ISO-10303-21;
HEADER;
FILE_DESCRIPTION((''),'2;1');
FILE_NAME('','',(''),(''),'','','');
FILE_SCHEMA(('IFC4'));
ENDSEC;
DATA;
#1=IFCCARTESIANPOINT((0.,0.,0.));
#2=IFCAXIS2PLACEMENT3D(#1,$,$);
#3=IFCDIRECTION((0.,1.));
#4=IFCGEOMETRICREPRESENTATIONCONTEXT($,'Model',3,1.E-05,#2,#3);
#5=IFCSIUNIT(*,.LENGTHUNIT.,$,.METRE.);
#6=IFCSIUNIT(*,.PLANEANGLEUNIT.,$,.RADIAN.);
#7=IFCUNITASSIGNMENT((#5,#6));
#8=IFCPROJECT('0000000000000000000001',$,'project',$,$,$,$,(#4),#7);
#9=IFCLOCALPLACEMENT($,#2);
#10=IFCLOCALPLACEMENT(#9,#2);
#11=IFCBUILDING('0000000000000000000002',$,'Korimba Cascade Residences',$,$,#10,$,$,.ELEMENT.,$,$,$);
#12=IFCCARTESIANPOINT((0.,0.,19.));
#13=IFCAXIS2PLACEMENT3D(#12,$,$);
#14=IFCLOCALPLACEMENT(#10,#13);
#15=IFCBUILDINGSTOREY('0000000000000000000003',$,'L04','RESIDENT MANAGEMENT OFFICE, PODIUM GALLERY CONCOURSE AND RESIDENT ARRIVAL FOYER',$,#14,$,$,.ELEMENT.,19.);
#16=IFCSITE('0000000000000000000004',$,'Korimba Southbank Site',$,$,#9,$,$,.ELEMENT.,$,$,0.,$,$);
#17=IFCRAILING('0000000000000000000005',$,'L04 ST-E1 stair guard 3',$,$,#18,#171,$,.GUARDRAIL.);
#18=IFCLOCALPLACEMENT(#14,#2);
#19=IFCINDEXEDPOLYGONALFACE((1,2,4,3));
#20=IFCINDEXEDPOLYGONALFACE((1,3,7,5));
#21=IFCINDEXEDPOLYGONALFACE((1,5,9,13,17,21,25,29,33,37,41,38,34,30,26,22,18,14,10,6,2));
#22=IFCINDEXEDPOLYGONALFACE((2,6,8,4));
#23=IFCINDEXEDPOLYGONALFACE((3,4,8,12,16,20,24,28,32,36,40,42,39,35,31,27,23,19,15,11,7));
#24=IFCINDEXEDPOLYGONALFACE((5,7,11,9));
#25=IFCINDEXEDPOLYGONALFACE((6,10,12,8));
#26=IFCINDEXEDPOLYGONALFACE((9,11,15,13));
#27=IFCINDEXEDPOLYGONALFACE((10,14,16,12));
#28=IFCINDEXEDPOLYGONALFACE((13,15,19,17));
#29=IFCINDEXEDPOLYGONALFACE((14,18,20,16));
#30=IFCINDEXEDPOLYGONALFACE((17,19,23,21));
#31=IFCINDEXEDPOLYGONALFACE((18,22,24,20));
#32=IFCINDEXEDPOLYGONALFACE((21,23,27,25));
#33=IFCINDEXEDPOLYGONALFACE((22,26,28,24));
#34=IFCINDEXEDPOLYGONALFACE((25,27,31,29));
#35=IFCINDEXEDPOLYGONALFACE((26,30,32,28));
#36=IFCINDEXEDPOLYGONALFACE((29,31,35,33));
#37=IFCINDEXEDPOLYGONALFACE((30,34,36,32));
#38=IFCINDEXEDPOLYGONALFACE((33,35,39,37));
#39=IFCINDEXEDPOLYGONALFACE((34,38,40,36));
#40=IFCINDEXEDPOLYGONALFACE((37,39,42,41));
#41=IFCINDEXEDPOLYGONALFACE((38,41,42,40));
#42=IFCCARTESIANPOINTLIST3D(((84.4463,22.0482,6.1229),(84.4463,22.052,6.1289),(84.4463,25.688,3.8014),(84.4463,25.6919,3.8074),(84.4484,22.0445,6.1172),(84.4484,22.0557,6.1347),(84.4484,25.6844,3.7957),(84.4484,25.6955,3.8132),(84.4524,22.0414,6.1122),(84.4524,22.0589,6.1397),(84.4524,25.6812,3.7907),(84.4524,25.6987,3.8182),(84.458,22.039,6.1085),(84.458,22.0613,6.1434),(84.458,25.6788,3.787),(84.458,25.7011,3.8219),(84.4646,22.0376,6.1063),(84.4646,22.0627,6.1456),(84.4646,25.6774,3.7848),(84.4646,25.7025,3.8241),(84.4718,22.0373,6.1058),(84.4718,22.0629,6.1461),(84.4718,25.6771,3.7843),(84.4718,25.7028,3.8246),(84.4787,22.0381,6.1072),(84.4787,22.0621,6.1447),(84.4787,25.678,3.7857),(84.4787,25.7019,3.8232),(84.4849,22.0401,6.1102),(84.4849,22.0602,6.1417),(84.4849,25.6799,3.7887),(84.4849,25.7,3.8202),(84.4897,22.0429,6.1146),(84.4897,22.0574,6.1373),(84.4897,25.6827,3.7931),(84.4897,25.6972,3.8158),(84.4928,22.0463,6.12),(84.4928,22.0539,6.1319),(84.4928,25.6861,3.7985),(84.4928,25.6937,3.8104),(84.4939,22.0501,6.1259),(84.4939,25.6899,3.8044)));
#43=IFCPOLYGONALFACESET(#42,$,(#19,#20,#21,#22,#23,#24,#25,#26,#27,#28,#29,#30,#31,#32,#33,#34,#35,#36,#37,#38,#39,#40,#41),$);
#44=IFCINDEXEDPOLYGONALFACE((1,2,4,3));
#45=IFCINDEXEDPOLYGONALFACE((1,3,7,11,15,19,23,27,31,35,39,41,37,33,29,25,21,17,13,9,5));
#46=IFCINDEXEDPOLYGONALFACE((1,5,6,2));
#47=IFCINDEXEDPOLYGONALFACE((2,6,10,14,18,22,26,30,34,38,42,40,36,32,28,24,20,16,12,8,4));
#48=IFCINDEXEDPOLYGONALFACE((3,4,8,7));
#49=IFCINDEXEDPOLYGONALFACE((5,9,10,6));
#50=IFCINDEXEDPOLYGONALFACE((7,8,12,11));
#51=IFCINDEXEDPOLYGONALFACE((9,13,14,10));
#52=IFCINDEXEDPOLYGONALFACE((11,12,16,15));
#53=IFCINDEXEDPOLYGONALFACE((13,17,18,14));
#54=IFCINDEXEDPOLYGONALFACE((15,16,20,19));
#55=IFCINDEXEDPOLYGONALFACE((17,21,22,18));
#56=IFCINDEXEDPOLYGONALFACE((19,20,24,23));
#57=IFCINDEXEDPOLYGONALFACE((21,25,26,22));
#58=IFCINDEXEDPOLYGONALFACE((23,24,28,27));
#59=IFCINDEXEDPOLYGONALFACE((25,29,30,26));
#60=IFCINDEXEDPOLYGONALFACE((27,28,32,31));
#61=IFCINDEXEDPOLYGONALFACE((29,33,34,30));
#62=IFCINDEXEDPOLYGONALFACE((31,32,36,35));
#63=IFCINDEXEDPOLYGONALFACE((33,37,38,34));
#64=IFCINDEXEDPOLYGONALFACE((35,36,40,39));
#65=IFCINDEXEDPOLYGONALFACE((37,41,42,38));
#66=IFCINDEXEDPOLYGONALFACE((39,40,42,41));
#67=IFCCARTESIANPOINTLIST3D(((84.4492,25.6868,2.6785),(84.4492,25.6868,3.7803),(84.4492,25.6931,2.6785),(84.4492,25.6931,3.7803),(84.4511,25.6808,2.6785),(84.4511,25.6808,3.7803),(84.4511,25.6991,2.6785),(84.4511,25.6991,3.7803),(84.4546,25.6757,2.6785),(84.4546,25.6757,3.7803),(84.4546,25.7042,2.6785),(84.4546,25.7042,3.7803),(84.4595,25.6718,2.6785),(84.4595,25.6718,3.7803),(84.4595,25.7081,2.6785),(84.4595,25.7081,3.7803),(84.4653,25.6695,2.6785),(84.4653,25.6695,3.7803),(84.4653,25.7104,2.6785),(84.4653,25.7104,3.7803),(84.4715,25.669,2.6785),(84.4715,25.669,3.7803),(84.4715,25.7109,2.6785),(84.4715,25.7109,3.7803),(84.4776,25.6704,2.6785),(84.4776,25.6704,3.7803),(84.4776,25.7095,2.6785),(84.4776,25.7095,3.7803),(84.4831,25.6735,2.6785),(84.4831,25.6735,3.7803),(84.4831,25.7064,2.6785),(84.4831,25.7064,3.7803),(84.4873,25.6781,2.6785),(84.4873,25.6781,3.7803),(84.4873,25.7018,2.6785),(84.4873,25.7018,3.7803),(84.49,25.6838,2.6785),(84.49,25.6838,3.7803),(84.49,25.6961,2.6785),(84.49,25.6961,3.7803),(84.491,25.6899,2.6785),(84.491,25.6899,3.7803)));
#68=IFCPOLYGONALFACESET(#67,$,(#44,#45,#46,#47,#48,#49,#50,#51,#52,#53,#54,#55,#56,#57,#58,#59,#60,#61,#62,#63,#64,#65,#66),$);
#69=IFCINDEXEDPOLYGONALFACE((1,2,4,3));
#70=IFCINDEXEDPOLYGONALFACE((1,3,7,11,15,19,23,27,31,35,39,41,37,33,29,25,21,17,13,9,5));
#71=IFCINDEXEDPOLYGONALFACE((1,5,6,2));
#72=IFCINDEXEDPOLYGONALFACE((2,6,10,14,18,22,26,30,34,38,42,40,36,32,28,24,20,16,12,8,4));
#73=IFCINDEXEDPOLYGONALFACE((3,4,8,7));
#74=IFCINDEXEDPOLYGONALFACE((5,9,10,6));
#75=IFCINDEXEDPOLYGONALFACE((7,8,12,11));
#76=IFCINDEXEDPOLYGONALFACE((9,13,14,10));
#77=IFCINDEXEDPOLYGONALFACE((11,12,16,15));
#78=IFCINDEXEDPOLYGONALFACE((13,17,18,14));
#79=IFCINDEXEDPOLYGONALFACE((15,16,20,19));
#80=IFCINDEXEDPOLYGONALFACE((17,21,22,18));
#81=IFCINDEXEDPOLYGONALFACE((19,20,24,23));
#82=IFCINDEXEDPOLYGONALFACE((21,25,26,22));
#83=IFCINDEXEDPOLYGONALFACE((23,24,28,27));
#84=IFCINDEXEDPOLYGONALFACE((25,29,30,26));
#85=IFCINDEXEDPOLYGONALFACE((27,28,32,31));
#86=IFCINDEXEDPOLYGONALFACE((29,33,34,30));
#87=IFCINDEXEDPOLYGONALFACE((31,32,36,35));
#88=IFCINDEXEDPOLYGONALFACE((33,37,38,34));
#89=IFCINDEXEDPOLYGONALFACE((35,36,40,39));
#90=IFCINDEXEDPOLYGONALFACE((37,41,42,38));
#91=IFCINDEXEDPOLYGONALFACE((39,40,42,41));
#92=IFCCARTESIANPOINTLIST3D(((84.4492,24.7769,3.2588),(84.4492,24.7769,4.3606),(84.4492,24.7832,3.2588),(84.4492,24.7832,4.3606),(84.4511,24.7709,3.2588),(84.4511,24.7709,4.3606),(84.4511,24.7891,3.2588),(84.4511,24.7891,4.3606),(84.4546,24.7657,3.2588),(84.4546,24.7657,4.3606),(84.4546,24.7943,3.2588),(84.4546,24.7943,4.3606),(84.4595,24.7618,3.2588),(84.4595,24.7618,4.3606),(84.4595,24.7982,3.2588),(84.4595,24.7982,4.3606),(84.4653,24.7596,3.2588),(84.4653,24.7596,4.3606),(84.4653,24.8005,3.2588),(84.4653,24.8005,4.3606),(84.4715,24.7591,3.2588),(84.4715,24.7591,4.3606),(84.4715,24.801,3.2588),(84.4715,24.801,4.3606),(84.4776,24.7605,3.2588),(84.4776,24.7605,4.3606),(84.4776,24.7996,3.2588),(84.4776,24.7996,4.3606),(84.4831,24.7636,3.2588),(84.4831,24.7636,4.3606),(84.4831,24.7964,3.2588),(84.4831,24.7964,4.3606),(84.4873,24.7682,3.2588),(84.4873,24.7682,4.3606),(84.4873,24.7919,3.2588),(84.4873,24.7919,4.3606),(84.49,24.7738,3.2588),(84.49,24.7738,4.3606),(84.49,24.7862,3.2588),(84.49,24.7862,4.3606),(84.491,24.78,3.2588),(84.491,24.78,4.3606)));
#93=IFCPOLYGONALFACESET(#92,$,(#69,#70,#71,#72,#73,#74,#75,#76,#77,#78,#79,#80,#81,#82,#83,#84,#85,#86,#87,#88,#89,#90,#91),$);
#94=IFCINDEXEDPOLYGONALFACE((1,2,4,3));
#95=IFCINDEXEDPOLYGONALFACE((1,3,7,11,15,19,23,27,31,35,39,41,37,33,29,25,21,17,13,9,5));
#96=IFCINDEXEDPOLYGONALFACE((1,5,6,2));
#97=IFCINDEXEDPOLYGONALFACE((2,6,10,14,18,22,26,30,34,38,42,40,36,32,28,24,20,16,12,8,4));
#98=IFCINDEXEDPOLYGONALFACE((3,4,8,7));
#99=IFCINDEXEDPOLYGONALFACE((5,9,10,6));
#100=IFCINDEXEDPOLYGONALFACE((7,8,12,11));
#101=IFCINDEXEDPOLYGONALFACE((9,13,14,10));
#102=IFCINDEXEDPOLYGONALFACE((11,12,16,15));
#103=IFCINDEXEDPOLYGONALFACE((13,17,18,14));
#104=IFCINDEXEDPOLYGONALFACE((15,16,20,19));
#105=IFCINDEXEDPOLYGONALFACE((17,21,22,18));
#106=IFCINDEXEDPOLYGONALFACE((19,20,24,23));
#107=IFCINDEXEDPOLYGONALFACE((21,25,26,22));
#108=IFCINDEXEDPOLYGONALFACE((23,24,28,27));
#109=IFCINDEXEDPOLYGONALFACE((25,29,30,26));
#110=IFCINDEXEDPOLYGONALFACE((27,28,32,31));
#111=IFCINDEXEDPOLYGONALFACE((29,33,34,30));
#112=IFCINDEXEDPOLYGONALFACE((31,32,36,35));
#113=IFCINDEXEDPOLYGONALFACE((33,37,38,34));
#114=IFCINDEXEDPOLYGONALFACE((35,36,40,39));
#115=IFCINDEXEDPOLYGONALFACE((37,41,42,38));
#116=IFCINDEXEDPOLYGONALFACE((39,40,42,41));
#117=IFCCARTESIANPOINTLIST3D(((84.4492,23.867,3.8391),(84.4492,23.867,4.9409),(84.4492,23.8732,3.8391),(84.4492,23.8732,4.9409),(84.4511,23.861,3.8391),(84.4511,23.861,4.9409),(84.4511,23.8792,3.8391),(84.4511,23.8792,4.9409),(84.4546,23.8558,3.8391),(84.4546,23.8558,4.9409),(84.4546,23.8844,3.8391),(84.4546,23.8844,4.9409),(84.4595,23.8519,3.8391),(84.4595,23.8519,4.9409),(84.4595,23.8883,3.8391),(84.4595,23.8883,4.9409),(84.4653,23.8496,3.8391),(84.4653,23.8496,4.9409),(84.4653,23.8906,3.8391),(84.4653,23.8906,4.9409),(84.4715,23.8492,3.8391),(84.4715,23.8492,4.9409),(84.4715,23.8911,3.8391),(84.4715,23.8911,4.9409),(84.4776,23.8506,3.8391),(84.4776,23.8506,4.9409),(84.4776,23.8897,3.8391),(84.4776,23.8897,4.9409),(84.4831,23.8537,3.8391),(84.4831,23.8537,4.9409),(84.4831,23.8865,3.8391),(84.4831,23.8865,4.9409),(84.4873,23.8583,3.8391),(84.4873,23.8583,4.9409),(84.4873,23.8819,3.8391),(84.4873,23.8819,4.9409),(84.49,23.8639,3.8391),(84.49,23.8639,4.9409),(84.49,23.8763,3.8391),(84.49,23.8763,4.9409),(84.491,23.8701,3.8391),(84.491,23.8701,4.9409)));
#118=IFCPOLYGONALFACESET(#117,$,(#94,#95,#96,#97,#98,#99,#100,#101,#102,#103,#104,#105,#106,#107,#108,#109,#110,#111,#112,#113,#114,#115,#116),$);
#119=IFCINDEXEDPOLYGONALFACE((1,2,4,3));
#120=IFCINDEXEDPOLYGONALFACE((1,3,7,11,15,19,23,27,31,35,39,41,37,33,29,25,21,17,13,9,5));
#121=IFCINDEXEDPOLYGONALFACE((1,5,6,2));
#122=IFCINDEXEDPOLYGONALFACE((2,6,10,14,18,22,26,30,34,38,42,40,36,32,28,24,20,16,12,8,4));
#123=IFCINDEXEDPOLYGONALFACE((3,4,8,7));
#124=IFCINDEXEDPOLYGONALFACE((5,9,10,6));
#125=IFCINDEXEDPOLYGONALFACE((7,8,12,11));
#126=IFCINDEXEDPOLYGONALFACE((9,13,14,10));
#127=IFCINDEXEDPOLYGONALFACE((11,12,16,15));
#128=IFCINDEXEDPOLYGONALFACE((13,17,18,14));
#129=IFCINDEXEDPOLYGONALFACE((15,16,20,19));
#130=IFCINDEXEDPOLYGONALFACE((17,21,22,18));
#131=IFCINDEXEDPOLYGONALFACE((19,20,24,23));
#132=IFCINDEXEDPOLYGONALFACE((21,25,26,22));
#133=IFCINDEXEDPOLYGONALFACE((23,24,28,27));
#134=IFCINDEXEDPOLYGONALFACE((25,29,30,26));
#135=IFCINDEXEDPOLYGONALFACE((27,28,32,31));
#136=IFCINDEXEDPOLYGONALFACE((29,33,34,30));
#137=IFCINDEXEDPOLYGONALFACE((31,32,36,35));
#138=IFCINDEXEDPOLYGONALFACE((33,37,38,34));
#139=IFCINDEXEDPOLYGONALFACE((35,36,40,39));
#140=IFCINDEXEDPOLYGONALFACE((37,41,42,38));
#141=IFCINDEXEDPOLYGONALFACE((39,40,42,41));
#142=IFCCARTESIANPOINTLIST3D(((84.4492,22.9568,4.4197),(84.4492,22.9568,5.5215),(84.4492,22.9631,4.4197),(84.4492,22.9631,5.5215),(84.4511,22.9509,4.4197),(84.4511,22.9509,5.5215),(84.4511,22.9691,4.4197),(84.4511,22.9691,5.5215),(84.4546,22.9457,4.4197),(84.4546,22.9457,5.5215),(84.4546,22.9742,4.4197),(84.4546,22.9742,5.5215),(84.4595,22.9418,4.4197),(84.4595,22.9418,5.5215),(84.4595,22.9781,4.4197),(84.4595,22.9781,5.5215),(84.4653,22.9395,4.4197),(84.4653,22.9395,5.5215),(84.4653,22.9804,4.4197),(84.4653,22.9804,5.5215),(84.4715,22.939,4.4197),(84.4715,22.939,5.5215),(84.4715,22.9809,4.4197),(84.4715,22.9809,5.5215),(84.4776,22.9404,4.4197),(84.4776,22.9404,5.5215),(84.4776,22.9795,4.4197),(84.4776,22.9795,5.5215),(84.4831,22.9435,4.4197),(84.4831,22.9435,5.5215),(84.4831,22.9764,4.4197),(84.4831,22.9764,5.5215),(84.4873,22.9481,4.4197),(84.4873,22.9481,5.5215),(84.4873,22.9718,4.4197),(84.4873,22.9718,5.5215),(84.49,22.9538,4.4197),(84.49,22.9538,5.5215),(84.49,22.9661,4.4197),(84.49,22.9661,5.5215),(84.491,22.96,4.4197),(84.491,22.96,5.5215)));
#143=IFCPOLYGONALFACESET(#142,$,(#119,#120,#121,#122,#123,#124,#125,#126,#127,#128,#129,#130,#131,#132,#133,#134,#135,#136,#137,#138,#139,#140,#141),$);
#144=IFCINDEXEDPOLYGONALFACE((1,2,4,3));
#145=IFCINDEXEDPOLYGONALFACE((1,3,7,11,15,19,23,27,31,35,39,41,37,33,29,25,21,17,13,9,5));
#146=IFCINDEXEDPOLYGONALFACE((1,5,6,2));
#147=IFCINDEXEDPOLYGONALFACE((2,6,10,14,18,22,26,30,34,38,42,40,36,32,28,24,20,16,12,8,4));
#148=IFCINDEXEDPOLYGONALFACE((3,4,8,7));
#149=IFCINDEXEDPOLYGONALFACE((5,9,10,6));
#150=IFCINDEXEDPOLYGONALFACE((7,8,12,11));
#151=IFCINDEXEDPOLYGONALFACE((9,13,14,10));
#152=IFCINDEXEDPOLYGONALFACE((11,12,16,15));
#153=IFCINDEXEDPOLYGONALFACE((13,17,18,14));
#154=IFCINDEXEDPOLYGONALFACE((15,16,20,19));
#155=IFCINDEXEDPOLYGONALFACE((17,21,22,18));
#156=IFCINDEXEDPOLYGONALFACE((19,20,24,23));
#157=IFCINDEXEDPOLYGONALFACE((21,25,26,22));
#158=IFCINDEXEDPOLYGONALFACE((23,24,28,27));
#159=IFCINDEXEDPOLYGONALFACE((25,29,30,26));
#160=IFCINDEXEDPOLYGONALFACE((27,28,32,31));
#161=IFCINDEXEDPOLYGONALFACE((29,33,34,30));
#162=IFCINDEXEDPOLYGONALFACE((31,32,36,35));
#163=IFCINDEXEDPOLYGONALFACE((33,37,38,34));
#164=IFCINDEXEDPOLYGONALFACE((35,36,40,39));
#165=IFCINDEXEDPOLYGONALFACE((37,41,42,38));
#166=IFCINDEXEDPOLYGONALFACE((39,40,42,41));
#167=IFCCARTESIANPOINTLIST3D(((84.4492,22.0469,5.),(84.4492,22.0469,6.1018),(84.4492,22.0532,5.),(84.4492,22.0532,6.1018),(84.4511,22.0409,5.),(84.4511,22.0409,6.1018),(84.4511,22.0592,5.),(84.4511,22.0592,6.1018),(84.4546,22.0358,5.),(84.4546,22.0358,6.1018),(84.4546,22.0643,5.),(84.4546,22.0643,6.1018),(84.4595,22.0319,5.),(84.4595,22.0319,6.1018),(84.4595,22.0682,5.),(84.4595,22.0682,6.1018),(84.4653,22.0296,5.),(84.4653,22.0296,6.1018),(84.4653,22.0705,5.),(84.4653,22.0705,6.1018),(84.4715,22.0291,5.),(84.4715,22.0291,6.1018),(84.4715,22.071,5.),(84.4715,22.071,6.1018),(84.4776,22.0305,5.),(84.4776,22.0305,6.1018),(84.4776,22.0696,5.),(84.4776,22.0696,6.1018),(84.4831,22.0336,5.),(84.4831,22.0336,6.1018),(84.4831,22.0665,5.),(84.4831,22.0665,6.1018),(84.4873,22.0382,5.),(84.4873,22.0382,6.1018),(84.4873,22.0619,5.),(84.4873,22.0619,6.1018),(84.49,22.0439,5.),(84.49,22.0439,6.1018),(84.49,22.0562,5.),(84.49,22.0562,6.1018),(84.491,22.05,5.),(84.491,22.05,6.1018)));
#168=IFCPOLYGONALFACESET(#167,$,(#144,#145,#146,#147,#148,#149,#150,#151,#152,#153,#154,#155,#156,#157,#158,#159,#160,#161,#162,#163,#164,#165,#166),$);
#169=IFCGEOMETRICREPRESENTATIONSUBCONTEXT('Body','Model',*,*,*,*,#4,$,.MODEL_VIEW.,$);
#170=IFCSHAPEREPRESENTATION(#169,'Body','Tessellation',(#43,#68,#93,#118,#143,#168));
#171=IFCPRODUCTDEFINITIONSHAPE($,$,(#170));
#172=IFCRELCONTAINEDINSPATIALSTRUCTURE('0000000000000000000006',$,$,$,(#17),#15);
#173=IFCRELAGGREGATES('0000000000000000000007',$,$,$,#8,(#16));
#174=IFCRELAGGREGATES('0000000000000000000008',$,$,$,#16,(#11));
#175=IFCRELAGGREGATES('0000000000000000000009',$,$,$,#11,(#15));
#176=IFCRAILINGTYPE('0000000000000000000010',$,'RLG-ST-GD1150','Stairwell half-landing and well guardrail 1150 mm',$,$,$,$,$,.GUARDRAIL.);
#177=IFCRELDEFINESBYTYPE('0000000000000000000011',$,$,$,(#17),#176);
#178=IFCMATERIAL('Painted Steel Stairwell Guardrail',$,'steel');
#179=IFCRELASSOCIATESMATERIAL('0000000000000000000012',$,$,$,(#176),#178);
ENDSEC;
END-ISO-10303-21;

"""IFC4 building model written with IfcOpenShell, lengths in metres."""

from ifc_helpers import new_model, si_unit, direction, frame, origin, origin_2d, place, context, subcontext, project, spatial, circle, extrude, material, type_object, element, save


model = new_model("IFC4")

# Units and contexts
model_context = context("Model", 3, precision=1e-05, world=origin(), true_north=direction((0.0, 1.0)))
body_context = subcontext(model_context, "Body", "Model", "MODEL_VIEW")
ifc_project = project(units=[si_unit("LENGTHUNIT", "METRE"), si_unit("PLANEANGLEUNIT", "RADIAN")], contexts=[model_context])

# Site, building, storey
site_placement = place(None, origin())
site = spatial("IfcSite", under=ifc_project, at=site_placement, Name="Korimba Southbank Site", CompositionType="ELEMENT", RefElevation=0.0)
building_placement = place(site_placement, origin())
building = spatial("IfcBuilding", under=site, at=building_placement, Name="Korimba Cascade Residences", CompositionType="ELEMENT")
storey_placement = place(building_placement, frame((0.0, 0.0, 19.0)))
storey = spatial("IfcBuildingStorey", under=building, at=storey_placement, Name="L04", Description="RESIDENT MANAGEMENT OFFICE, PODIUM GALLERY CONCOURSE AND RESIDENT ARRIVAL FOYER", CompositionType="ELEMENT", Elevation=19.0)

# Railing
ifc_material_1 = material(Name="Painted Steel Stairwell Guardrail", Category="steel")
railing_type_1 = type_object("IfcRailingType", Name="RLG-ST-GD1150", Description="Stairwell half-landing and well guardrail 1150 mm", PredefinedType="GUARDRAIL", material=ifc_material_1)
railing_1_placement = place(storey_placement, frame((84.47, 25.6899, 2.6785)))
element("IfcRailing", 1, at=railing_1_placement, inside=storey, type_object=railing_type_1, Name="L04 ST-E1 stair guard 3", PredefinedType="GUARDRAIL", context=body_context, shape_type="SweptSolid", body=[
    extrude(circle(Radius=0.0239, at=origin_2d()), frame((0.0, 0.0, 1.126), z_axis=(0.0, -0.843112, 0.537739), x_axis=(1.0, 0.0, 0.0)), (0.0, 0.0, 1.0), 4.3171),
    extrude(circle(Radius=0.021, at=origin_2d()), origin(), (0.0, 0.0, 1.0), 1.1018),
    extrude(circle(Radius=0.021, at=origin_2d()), frame((0.0, -0.9099, 0.5803)), (0.0, 0.0, 1.0), 1.1018),
    extrude(circle(Radius=0.021, at=origin_2d()), frame((0.0, -1.8198, 1.1606)), (0.0, 0.0, 1.0), 1.1018),
    extrude(circle(Radius=0.021, at=origin_2d()), frame((0.0, -2.73, 1.7412)), (0.0, 0.0, 1.0), 1.1018),
    extrude(circle(Radius=0.021, at=origin_2d()), frame((0.0, -3.6399, 2.3215)), (0.0, 0.0, 1.0), 1.1018),
])

save(model, "model.ifc")
